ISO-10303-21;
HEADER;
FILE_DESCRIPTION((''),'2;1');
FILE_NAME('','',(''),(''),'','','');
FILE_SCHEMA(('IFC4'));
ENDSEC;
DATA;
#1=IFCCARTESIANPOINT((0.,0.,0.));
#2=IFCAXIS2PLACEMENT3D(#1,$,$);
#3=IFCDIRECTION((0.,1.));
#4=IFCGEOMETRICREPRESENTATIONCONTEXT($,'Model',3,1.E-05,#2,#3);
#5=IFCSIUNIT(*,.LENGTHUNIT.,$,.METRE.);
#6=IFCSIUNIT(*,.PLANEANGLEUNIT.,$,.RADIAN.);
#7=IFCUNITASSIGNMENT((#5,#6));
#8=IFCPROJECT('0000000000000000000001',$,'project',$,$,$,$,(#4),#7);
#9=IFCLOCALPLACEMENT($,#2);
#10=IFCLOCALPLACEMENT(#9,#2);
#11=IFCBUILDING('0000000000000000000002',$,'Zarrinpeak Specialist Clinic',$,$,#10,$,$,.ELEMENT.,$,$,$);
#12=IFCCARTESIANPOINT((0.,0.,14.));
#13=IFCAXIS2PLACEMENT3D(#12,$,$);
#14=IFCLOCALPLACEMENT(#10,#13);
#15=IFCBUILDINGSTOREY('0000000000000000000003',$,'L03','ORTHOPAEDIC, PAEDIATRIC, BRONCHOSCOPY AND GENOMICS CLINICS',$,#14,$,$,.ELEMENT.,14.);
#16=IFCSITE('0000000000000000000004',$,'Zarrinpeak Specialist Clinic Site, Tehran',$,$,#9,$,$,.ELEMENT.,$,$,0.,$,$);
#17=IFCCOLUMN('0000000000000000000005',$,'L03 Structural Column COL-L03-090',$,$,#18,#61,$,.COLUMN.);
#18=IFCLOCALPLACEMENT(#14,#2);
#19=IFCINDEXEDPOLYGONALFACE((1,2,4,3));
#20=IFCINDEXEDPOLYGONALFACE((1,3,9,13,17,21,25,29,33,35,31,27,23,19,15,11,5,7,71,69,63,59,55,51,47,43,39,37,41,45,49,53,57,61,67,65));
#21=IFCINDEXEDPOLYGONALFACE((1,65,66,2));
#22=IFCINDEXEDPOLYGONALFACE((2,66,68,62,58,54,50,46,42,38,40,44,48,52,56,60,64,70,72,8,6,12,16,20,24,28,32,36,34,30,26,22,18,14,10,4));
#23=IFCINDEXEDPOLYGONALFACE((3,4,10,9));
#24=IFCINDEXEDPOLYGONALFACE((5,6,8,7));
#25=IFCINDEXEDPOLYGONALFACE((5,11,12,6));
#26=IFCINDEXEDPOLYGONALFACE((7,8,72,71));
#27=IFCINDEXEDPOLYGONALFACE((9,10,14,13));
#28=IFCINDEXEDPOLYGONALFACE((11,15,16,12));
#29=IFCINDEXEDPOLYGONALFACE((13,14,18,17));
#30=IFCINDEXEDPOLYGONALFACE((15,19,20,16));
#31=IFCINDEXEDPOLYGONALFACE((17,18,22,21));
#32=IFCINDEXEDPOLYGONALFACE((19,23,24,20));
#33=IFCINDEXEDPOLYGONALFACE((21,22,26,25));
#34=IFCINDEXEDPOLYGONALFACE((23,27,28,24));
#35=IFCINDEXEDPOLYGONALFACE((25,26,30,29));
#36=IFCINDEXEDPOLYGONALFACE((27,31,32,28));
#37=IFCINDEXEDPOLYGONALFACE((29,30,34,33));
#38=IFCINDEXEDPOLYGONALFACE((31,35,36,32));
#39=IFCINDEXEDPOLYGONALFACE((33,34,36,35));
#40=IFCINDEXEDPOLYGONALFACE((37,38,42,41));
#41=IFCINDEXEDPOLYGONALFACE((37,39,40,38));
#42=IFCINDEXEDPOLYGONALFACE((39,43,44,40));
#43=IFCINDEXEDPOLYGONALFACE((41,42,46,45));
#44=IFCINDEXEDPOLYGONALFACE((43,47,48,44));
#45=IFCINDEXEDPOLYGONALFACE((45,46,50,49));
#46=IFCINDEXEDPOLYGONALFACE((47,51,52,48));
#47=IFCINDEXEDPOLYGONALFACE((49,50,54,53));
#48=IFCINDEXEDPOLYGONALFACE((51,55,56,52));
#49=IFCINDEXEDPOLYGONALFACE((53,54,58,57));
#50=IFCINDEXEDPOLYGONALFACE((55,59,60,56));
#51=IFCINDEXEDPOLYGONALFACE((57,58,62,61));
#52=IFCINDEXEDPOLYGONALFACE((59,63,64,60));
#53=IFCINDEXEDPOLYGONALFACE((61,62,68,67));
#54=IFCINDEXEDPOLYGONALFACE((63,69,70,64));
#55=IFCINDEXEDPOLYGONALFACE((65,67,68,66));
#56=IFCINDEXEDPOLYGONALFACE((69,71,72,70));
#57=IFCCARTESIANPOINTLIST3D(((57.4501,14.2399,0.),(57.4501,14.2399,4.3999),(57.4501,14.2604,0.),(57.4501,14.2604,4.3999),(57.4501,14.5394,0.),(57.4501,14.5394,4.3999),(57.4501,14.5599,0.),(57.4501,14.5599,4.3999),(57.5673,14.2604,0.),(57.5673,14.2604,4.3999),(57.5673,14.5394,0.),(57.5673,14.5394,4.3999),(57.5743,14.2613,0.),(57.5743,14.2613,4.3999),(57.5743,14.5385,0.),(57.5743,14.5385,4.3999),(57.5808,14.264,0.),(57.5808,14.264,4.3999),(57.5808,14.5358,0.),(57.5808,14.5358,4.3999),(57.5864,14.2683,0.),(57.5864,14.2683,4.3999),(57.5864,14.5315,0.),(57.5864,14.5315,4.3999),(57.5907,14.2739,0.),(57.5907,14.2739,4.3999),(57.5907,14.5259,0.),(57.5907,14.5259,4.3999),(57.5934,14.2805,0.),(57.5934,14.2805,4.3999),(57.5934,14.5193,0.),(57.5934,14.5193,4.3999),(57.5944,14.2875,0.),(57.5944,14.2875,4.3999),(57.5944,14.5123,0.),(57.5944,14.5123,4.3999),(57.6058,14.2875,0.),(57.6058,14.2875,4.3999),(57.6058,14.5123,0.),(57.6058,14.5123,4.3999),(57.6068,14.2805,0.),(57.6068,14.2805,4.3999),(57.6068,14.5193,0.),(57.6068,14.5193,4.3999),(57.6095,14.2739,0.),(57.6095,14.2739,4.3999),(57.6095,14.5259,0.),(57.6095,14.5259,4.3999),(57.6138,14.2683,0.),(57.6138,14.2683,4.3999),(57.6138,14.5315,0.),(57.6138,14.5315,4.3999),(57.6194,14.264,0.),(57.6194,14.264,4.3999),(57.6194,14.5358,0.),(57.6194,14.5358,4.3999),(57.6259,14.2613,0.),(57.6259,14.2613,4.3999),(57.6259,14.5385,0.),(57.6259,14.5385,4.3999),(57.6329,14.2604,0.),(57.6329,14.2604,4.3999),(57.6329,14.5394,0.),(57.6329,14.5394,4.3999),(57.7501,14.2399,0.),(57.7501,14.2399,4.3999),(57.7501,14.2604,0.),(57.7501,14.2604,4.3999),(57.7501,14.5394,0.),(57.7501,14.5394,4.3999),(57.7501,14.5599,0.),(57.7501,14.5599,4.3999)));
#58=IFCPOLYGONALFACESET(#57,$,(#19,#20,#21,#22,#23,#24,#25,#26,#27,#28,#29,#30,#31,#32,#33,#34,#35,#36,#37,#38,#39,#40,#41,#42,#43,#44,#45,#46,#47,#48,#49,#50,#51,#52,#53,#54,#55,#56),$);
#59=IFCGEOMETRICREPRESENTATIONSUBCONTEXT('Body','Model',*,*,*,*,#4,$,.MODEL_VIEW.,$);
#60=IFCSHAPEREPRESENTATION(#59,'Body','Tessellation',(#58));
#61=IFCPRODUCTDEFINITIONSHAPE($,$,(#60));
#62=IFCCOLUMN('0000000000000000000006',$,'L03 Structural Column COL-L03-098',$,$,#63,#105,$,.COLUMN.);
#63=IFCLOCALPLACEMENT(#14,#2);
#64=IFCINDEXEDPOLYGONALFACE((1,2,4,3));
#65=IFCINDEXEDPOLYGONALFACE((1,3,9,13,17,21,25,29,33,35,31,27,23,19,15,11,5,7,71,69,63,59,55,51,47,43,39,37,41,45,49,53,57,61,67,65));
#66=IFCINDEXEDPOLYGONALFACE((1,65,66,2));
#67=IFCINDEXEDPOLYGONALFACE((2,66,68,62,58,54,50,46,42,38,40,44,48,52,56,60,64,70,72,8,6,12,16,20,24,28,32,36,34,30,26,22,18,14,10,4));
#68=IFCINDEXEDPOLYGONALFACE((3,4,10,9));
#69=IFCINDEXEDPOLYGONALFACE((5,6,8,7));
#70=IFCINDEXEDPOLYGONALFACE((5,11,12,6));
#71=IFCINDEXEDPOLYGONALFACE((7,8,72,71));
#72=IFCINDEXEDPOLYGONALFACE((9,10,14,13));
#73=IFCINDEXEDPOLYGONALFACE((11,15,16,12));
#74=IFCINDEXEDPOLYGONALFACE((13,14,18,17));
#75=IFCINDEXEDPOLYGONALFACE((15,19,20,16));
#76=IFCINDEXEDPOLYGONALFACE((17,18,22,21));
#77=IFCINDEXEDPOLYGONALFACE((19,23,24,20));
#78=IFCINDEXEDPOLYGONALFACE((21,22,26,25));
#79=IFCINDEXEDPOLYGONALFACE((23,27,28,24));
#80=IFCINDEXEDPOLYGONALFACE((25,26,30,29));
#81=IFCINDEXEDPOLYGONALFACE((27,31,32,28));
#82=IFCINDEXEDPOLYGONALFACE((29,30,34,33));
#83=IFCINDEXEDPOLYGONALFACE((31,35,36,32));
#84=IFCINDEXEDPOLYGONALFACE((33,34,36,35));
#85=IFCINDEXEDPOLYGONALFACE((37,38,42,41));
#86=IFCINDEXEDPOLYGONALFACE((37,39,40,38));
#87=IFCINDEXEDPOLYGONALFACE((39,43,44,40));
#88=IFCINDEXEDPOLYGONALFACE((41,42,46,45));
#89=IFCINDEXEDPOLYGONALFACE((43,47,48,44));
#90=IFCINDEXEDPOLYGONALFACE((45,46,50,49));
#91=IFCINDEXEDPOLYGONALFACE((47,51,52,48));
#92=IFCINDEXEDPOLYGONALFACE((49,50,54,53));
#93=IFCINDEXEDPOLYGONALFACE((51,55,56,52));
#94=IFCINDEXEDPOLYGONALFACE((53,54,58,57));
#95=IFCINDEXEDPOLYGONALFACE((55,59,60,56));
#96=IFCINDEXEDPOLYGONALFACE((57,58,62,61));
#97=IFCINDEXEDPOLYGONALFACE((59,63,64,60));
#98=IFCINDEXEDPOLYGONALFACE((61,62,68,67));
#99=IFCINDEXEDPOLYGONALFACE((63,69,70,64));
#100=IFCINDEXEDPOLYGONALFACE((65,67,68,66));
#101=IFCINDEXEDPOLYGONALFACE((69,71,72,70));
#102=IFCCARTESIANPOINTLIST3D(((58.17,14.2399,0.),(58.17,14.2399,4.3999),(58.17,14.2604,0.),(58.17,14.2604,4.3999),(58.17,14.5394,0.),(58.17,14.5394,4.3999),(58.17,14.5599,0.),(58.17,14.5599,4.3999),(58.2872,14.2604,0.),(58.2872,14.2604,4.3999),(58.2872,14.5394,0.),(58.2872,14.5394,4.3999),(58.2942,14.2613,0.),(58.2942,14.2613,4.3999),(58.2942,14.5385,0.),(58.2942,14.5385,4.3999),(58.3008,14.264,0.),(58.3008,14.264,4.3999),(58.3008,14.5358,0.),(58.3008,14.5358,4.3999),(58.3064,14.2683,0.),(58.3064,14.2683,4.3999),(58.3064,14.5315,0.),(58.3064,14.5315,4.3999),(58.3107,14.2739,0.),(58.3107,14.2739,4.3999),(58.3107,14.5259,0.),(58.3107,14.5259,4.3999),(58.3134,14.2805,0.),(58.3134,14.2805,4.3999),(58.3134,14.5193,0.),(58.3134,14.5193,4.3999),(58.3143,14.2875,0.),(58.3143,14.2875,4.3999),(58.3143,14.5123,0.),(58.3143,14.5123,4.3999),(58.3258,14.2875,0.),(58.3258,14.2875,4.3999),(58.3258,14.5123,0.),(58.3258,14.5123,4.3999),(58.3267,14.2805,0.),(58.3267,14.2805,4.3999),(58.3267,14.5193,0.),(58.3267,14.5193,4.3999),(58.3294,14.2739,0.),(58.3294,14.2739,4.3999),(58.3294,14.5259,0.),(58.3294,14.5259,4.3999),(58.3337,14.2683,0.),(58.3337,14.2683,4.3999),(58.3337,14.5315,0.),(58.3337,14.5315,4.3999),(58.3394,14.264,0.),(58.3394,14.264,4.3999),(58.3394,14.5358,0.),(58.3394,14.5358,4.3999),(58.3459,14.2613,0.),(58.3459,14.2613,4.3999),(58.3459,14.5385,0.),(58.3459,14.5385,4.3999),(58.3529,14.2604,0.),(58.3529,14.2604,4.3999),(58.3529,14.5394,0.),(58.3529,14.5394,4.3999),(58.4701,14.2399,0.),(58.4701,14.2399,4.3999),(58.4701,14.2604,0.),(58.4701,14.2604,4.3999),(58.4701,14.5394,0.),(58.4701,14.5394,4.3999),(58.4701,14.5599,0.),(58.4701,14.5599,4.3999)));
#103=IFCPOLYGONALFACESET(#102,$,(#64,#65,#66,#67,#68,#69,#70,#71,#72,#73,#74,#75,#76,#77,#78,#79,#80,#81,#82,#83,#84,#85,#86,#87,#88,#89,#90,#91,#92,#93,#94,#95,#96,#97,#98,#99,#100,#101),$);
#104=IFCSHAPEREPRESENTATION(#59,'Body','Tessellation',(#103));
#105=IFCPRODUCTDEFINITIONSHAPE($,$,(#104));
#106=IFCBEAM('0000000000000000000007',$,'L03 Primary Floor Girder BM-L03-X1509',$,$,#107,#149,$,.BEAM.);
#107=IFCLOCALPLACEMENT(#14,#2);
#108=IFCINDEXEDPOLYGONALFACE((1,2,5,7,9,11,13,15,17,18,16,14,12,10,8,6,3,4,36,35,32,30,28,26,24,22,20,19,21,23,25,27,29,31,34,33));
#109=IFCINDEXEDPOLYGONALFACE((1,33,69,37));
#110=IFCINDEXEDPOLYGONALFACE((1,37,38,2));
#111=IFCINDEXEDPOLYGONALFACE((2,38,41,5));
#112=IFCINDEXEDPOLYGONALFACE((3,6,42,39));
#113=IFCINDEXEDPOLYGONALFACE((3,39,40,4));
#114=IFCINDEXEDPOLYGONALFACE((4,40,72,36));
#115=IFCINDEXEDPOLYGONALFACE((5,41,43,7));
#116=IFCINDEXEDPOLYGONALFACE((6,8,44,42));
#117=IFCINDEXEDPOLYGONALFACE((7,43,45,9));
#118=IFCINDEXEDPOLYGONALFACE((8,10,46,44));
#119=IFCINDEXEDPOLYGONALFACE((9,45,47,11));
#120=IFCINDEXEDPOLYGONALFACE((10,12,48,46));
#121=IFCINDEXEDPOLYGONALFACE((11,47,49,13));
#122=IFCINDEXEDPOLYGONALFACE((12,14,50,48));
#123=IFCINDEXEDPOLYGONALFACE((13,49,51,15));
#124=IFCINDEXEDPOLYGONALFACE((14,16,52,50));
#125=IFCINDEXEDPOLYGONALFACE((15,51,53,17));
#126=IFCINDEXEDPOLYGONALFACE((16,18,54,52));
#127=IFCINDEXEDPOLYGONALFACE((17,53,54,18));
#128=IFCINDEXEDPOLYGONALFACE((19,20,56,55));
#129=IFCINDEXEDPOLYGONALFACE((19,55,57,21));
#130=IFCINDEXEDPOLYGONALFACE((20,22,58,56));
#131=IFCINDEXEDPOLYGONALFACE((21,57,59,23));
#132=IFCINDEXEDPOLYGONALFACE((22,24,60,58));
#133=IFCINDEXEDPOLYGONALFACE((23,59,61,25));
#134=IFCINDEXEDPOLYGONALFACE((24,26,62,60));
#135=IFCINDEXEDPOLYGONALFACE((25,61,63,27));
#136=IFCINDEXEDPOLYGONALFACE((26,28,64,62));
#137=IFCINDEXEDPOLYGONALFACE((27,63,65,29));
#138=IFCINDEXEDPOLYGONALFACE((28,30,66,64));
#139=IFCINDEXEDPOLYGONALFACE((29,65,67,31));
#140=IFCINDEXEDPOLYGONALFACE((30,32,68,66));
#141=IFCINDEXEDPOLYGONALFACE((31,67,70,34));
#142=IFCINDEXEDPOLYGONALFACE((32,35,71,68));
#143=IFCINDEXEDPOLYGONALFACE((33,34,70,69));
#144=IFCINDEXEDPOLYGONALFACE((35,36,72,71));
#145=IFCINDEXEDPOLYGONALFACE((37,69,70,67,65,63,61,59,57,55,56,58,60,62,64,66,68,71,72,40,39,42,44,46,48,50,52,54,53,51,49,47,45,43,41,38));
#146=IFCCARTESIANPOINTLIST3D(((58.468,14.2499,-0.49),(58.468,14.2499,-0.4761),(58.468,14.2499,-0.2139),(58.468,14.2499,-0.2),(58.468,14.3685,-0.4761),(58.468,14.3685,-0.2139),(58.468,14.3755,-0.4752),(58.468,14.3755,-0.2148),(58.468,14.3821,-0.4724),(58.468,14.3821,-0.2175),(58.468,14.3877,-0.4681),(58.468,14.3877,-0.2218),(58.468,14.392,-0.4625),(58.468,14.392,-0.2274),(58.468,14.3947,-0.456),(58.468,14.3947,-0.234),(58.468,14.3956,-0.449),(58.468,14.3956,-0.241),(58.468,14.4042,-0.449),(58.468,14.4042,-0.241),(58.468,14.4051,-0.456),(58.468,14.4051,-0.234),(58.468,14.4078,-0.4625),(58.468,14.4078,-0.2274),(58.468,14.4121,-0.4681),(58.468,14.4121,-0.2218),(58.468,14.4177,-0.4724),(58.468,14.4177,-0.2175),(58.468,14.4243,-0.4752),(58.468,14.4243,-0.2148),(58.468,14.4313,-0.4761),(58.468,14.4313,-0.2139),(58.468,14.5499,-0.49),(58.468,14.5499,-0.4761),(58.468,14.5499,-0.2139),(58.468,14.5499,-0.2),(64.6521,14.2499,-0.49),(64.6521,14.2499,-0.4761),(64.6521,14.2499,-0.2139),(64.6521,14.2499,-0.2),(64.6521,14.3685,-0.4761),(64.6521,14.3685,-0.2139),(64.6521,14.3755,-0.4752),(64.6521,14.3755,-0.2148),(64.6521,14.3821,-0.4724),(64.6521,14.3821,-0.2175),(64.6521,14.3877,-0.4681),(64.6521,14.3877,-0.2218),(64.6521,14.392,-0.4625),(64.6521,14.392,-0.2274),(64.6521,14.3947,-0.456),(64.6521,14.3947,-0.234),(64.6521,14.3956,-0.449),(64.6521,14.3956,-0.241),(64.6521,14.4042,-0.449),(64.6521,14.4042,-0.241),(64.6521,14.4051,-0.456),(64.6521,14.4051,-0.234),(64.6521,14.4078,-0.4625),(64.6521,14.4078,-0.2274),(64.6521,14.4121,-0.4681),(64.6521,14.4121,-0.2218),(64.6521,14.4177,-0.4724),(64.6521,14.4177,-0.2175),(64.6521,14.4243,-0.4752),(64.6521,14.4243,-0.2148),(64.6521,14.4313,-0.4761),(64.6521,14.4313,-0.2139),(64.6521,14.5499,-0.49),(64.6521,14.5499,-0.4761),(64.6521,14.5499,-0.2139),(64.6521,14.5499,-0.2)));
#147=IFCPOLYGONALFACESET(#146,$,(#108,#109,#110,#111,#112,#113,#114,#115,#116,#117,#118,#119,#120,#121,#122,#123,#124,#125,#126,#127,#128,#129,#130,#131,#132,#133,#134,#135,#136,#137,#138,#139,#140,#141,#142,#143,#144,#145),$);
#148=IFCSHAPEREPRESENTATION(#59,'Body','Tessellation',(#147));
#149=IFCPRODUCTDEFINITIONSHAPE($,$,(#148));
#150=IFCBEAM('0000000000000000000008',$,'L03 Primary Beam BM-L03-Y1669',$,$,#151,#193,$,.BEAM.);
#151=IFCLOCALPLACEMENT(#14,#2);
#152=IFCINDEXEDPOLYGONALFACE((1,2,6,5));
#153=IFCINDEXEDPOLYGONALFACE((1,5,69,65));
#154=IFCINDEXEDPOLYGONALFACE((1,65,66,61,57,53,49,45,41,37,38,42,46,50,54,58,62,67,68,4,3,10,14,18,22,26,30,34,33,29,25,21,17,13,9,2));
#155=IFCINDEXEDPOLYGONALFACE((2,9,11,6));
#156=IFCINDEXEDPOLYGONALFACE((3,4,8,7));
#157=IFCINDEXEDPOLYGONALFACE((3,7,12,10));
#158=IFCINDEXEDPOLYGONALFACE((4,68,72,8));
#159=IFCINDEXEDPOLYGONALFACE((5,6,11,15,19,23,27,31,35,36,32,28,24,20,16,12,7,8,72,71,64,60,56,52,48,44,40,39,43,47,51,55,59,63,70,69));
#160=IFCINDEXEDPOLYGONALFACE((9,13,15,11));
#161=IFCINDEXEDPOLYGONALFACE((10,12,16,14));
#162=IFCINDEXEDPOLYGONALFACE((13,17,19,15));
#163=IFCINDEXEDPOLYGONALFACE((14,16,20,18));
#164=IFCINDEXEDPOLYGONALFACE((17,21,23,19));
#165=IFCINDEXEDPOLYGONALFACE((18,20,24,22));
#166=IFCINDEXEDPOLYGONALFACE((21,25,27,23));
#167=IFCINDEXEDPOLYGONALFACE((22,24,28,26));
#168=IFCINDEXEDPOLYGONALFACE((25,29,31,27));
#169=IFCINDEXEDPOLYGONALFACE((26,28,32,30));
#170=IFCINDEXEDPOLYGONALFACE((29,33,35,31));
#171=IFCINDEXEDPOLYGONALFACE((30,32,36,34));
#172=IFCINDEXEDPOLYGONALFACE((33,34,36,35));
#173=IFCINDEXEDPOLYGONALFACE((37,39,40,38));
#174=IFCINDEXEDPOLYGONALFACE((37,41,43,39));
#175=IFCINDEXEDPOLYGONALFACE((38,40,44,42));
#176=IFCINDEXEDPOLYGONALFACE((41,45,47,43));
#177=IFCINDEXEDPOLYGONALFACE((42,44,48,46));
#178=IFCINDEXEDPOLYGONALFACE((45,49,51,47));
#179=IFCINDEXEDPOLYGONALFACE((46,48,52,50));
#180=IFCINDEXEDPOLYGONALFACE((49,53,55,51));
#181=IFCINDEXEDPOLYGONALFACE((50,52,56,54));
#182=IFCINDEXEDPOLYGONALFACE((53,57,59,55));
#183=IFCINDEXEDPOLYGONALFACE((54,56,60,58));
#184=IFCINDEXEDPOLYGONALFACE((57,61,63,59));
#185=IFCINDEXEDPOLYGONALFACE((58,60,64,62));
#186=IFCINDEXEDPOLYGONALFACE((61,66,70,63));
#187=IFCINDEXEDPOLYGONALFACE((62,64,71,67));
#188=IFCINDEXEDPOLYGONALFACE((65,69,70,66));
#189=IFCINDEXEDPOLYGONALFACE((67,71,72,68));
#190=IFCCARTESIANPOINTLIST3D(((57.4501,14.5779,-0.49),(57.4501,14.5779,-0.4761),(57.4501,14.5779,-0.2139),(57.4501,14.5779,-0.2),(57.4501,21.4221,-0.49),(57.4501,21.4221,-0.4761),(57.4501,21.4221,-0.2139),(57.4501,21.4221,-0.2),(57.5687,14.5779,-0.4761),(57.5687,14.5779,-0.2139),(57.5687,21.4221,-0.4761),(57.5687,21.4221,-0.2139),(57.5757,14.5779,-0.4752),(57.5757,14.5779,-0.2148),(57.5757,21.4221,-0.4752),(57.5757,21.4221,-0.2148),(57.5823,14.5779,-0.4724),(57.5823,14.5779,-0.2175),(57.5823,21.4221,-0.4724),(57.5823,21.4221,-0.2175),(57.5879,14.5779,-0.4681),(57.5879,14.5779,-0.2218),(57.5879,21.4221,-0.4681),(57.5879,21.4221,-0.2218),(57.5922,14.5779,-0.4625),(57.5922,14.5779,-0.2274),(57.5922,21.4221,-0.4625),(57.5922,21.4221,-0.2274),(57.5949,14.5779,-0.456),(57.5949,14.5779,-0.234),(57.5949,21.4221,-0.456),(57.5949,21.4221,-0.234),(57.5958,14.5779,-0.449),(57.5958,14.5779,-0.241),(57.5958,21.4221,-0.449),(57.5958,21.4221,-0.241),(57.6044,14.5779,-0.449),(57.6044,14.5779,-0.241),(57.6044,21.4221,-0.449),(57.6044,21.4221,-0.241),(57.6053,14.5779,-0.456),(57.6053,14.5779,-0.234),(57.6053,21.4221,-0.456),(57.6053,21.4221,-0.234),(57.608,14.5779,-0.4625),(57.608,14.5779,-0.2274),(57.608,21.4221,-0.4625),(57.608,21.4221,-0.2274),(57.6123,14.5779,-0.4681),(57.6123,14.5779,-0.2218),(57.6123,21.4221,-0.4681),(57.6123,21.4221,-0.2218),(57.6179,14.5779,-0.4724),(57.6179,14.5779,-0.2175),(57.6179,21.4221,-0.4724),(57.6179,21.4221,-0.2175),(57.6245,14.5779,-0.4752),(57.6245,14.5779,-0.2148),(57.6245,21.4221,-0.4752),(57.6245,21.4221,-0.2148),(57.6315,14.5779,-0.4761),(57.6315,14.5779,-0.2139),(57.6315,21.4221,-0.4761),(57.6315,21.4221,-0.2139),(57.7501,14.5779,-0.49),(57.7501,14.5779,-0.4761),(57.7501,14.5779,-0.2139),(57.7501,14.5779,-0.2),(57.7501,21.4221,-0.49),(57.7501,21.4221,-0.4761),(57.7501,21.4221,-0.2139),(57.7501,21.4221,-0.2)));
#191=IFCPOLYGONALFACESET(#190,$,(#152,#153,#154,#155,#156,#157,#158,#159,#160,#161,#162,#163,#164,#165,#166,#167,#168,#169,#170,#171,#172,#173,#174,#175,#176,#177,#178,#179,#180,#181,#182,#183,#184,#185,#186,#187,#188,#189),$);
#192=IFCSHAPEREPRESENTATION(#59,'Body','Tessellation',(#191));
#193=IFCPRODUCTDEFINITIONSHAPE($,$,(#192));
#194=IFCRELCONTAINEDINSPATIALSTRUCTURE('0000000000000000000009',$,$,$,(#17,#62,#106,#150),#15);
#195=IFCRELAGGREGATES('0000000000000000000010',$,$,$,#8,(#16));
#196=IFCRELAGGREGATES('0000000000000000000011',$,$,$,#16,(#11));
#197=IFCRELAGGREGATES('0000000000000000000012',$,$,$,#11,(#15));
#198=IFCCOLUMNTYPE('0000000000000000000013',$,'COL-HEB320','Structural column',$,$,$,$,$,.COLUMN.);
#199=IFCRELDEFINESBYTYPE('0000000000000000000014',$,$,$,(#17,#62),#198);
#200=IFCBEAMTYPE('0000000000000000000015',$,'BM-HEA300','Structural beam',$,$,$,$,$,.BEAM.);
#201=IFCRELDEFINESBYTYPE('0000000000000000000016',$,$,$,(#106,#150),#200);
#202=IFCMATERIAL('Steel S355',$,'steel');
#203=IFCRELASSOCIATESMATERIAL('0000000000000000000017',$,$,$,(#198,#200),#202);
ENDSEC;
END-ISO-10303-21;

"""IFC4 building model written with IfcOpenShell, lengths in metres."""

from ifc_helpers import new_model, si_unit, direction, frame, origin, origin_2d, place, context, subcontext, project, spatial, i_section, extrude, material, material_profile, profile_set, type_object, element, save


model = new_model("IFC4")

# Units and contexts
model_context = context("Model", 3, precision=1e-05, world=origin(), true_north=direction((0.0, 1.0)))
body_context = subcontext(model_context, "Body", "Model", "MODEL_VIEW")
ifc_project = project(units=[si_unit("LENGTHUNIT", "METRE"), si_unit("PLANEANGLEUNIT", "RADIAN")], contexts=[model_context])

# Site, building, storey
site_placement = place(None, origin())
site = spatial("IfcSite", under=ifc_project, at=site_placement, Name="Zarrinpeak Specialist Clinic Site, Tehran", CompositionType="ELEMENT", RefElevation=0.0)
building_placement = place(site_placement, origin())
building = spatial("IfcBuilding", under=site, at=building_placement, Name="Zarrinpeak Specialist Clinic", CompositionType="ELEMENT")
storey_placement = place(building_placement, frame((0.0, 0.0, 14.0)))
storey = spatial("IfcBuildingStorey", under=building, at=storey_placement, Name="L03", Description="ORTHOPAEDIC, PAEDIATRIC, BRONCHOSCOPY AND GENOMICS CLINICS", CompositionType="ELEMENT", Elevation=14.0)

# Columns
ifc_material_1 = material(Name="Steel S355", Category="steel")
ifc_material_profile_1 = material_profile(ifc_material_1, i_section(OverallWidth=0.3, OverallDepth=0.3201, WebThickness=0.0115, FlangeThickness=0.0205, FilletRadius=0.0271, at=origin_2d()), Name="HEB 320")
ifc_profile_set_1 = profile_set([ifc_material_profile_1], Name="Steel S355")
column_type = type_object("IfcColumnType", Name="COL-HEB320", Description="Structural column", PredefinedType="COLUMN", material=ifc_profile_set_1)
for number, where, z_axis, x_axis, name in (
    (1, (57.6001, 14.3999, 0.0), (0.0, 0.0, 1.0), (1.0, 0.0, 0.0), "L03 Structural Column COL-L03-090"),
    (2, (58.3201, 14.3999, 0.0), (0.0, 0.0, 1.0), (1.0, 0.0, 0.0), "L03 Structural Column COL-L03-098"),
):
    element("IfcColumn", number, at=place(storey_placement, frame(where, z_axis=z_axis, x_axis=x_axis)), inside=storey, type_object=column_type, Name=name, PredefinedType="COLUMN", context=body_context, shape_type="SweptSolid", body=[
        extrude(i_section(OverallWidth=0.3, OverallDepth=0.3201, WebThickness=0.0115, FlangeThickness=0.0205, FilletRadius=0.0271, at=origin_2d()), origin(), (0.0, 0.0, 1.0), 4.3999),
    ])

# Beams
ifc_material_profile_2 = material_profile(ifc_material_1, i_section(OverallWidth=0.3, OverallDepth=0.29, WebThickness=0.0085, FlangeThickness=0.0139, FilletRadius=0.0271, at=origin_2d()), Name="HEA 300")
ifc_profile_set_2 = profile_set([ifc_material_profile_2], Name="Steel S355")
beam_type = type_object("IfcBeamType", Name="BM-HEA300", Description="Structural beam", PredefinedType="BEAM", material=ifc_profile_set_2)
beam_placement = place(storey_placement, frame((58.468, 14.3999, -0.345), z_axis=(1.0, 0.0, 0.0), x_axis=(0.0, 1.0, 0.0)))
element("IfcBeam", 3, at=beam_placement, inside=storey, type_object=beam_type, Name="L03 Primary Floor Girder BM-L03-X1509", PredefinedType="BEAM", context=body_context, shape_type="SweptSolid", body=[
    extrude(i_section(OverallWidth=0.3, OverallDepth=0.29, WebThickness=0.0085, FlangeThickness=0.0139, FilletRadius=0.0271, at=origin_2d()), origin(), (0.0, 0.0, 1.0), 6.1841),
])
for number, where, z_axis, x_axis, name in (
    (4, (57.6001, 14.5779, -0.345), (0.0, 1.0, 0.0), (-1.0, 0.0, 0.0), "L03 Primary Beam BM-L03-Y1669"),
):
    element("IfcBeam", number, at=place(storey_placement, frame(where, z_axis=z_axis, x_axis=x_axis)), inside=storey, type_object=beam_type, Name=name, PredefinedType="BEAM", context=body_context, shape_type="SweptSolid", body=[
        extrude(i_section(OverallWidth=0.3, OverallDepth=0.29, WebThickness=0.0085, FlangeThickness=0.0139, FilletRadius=0.0271, at=origin_2d()), origin(), (0.0, 0.0, 1.0), 6.8442),
    ])

save(model, "model.ifc")
